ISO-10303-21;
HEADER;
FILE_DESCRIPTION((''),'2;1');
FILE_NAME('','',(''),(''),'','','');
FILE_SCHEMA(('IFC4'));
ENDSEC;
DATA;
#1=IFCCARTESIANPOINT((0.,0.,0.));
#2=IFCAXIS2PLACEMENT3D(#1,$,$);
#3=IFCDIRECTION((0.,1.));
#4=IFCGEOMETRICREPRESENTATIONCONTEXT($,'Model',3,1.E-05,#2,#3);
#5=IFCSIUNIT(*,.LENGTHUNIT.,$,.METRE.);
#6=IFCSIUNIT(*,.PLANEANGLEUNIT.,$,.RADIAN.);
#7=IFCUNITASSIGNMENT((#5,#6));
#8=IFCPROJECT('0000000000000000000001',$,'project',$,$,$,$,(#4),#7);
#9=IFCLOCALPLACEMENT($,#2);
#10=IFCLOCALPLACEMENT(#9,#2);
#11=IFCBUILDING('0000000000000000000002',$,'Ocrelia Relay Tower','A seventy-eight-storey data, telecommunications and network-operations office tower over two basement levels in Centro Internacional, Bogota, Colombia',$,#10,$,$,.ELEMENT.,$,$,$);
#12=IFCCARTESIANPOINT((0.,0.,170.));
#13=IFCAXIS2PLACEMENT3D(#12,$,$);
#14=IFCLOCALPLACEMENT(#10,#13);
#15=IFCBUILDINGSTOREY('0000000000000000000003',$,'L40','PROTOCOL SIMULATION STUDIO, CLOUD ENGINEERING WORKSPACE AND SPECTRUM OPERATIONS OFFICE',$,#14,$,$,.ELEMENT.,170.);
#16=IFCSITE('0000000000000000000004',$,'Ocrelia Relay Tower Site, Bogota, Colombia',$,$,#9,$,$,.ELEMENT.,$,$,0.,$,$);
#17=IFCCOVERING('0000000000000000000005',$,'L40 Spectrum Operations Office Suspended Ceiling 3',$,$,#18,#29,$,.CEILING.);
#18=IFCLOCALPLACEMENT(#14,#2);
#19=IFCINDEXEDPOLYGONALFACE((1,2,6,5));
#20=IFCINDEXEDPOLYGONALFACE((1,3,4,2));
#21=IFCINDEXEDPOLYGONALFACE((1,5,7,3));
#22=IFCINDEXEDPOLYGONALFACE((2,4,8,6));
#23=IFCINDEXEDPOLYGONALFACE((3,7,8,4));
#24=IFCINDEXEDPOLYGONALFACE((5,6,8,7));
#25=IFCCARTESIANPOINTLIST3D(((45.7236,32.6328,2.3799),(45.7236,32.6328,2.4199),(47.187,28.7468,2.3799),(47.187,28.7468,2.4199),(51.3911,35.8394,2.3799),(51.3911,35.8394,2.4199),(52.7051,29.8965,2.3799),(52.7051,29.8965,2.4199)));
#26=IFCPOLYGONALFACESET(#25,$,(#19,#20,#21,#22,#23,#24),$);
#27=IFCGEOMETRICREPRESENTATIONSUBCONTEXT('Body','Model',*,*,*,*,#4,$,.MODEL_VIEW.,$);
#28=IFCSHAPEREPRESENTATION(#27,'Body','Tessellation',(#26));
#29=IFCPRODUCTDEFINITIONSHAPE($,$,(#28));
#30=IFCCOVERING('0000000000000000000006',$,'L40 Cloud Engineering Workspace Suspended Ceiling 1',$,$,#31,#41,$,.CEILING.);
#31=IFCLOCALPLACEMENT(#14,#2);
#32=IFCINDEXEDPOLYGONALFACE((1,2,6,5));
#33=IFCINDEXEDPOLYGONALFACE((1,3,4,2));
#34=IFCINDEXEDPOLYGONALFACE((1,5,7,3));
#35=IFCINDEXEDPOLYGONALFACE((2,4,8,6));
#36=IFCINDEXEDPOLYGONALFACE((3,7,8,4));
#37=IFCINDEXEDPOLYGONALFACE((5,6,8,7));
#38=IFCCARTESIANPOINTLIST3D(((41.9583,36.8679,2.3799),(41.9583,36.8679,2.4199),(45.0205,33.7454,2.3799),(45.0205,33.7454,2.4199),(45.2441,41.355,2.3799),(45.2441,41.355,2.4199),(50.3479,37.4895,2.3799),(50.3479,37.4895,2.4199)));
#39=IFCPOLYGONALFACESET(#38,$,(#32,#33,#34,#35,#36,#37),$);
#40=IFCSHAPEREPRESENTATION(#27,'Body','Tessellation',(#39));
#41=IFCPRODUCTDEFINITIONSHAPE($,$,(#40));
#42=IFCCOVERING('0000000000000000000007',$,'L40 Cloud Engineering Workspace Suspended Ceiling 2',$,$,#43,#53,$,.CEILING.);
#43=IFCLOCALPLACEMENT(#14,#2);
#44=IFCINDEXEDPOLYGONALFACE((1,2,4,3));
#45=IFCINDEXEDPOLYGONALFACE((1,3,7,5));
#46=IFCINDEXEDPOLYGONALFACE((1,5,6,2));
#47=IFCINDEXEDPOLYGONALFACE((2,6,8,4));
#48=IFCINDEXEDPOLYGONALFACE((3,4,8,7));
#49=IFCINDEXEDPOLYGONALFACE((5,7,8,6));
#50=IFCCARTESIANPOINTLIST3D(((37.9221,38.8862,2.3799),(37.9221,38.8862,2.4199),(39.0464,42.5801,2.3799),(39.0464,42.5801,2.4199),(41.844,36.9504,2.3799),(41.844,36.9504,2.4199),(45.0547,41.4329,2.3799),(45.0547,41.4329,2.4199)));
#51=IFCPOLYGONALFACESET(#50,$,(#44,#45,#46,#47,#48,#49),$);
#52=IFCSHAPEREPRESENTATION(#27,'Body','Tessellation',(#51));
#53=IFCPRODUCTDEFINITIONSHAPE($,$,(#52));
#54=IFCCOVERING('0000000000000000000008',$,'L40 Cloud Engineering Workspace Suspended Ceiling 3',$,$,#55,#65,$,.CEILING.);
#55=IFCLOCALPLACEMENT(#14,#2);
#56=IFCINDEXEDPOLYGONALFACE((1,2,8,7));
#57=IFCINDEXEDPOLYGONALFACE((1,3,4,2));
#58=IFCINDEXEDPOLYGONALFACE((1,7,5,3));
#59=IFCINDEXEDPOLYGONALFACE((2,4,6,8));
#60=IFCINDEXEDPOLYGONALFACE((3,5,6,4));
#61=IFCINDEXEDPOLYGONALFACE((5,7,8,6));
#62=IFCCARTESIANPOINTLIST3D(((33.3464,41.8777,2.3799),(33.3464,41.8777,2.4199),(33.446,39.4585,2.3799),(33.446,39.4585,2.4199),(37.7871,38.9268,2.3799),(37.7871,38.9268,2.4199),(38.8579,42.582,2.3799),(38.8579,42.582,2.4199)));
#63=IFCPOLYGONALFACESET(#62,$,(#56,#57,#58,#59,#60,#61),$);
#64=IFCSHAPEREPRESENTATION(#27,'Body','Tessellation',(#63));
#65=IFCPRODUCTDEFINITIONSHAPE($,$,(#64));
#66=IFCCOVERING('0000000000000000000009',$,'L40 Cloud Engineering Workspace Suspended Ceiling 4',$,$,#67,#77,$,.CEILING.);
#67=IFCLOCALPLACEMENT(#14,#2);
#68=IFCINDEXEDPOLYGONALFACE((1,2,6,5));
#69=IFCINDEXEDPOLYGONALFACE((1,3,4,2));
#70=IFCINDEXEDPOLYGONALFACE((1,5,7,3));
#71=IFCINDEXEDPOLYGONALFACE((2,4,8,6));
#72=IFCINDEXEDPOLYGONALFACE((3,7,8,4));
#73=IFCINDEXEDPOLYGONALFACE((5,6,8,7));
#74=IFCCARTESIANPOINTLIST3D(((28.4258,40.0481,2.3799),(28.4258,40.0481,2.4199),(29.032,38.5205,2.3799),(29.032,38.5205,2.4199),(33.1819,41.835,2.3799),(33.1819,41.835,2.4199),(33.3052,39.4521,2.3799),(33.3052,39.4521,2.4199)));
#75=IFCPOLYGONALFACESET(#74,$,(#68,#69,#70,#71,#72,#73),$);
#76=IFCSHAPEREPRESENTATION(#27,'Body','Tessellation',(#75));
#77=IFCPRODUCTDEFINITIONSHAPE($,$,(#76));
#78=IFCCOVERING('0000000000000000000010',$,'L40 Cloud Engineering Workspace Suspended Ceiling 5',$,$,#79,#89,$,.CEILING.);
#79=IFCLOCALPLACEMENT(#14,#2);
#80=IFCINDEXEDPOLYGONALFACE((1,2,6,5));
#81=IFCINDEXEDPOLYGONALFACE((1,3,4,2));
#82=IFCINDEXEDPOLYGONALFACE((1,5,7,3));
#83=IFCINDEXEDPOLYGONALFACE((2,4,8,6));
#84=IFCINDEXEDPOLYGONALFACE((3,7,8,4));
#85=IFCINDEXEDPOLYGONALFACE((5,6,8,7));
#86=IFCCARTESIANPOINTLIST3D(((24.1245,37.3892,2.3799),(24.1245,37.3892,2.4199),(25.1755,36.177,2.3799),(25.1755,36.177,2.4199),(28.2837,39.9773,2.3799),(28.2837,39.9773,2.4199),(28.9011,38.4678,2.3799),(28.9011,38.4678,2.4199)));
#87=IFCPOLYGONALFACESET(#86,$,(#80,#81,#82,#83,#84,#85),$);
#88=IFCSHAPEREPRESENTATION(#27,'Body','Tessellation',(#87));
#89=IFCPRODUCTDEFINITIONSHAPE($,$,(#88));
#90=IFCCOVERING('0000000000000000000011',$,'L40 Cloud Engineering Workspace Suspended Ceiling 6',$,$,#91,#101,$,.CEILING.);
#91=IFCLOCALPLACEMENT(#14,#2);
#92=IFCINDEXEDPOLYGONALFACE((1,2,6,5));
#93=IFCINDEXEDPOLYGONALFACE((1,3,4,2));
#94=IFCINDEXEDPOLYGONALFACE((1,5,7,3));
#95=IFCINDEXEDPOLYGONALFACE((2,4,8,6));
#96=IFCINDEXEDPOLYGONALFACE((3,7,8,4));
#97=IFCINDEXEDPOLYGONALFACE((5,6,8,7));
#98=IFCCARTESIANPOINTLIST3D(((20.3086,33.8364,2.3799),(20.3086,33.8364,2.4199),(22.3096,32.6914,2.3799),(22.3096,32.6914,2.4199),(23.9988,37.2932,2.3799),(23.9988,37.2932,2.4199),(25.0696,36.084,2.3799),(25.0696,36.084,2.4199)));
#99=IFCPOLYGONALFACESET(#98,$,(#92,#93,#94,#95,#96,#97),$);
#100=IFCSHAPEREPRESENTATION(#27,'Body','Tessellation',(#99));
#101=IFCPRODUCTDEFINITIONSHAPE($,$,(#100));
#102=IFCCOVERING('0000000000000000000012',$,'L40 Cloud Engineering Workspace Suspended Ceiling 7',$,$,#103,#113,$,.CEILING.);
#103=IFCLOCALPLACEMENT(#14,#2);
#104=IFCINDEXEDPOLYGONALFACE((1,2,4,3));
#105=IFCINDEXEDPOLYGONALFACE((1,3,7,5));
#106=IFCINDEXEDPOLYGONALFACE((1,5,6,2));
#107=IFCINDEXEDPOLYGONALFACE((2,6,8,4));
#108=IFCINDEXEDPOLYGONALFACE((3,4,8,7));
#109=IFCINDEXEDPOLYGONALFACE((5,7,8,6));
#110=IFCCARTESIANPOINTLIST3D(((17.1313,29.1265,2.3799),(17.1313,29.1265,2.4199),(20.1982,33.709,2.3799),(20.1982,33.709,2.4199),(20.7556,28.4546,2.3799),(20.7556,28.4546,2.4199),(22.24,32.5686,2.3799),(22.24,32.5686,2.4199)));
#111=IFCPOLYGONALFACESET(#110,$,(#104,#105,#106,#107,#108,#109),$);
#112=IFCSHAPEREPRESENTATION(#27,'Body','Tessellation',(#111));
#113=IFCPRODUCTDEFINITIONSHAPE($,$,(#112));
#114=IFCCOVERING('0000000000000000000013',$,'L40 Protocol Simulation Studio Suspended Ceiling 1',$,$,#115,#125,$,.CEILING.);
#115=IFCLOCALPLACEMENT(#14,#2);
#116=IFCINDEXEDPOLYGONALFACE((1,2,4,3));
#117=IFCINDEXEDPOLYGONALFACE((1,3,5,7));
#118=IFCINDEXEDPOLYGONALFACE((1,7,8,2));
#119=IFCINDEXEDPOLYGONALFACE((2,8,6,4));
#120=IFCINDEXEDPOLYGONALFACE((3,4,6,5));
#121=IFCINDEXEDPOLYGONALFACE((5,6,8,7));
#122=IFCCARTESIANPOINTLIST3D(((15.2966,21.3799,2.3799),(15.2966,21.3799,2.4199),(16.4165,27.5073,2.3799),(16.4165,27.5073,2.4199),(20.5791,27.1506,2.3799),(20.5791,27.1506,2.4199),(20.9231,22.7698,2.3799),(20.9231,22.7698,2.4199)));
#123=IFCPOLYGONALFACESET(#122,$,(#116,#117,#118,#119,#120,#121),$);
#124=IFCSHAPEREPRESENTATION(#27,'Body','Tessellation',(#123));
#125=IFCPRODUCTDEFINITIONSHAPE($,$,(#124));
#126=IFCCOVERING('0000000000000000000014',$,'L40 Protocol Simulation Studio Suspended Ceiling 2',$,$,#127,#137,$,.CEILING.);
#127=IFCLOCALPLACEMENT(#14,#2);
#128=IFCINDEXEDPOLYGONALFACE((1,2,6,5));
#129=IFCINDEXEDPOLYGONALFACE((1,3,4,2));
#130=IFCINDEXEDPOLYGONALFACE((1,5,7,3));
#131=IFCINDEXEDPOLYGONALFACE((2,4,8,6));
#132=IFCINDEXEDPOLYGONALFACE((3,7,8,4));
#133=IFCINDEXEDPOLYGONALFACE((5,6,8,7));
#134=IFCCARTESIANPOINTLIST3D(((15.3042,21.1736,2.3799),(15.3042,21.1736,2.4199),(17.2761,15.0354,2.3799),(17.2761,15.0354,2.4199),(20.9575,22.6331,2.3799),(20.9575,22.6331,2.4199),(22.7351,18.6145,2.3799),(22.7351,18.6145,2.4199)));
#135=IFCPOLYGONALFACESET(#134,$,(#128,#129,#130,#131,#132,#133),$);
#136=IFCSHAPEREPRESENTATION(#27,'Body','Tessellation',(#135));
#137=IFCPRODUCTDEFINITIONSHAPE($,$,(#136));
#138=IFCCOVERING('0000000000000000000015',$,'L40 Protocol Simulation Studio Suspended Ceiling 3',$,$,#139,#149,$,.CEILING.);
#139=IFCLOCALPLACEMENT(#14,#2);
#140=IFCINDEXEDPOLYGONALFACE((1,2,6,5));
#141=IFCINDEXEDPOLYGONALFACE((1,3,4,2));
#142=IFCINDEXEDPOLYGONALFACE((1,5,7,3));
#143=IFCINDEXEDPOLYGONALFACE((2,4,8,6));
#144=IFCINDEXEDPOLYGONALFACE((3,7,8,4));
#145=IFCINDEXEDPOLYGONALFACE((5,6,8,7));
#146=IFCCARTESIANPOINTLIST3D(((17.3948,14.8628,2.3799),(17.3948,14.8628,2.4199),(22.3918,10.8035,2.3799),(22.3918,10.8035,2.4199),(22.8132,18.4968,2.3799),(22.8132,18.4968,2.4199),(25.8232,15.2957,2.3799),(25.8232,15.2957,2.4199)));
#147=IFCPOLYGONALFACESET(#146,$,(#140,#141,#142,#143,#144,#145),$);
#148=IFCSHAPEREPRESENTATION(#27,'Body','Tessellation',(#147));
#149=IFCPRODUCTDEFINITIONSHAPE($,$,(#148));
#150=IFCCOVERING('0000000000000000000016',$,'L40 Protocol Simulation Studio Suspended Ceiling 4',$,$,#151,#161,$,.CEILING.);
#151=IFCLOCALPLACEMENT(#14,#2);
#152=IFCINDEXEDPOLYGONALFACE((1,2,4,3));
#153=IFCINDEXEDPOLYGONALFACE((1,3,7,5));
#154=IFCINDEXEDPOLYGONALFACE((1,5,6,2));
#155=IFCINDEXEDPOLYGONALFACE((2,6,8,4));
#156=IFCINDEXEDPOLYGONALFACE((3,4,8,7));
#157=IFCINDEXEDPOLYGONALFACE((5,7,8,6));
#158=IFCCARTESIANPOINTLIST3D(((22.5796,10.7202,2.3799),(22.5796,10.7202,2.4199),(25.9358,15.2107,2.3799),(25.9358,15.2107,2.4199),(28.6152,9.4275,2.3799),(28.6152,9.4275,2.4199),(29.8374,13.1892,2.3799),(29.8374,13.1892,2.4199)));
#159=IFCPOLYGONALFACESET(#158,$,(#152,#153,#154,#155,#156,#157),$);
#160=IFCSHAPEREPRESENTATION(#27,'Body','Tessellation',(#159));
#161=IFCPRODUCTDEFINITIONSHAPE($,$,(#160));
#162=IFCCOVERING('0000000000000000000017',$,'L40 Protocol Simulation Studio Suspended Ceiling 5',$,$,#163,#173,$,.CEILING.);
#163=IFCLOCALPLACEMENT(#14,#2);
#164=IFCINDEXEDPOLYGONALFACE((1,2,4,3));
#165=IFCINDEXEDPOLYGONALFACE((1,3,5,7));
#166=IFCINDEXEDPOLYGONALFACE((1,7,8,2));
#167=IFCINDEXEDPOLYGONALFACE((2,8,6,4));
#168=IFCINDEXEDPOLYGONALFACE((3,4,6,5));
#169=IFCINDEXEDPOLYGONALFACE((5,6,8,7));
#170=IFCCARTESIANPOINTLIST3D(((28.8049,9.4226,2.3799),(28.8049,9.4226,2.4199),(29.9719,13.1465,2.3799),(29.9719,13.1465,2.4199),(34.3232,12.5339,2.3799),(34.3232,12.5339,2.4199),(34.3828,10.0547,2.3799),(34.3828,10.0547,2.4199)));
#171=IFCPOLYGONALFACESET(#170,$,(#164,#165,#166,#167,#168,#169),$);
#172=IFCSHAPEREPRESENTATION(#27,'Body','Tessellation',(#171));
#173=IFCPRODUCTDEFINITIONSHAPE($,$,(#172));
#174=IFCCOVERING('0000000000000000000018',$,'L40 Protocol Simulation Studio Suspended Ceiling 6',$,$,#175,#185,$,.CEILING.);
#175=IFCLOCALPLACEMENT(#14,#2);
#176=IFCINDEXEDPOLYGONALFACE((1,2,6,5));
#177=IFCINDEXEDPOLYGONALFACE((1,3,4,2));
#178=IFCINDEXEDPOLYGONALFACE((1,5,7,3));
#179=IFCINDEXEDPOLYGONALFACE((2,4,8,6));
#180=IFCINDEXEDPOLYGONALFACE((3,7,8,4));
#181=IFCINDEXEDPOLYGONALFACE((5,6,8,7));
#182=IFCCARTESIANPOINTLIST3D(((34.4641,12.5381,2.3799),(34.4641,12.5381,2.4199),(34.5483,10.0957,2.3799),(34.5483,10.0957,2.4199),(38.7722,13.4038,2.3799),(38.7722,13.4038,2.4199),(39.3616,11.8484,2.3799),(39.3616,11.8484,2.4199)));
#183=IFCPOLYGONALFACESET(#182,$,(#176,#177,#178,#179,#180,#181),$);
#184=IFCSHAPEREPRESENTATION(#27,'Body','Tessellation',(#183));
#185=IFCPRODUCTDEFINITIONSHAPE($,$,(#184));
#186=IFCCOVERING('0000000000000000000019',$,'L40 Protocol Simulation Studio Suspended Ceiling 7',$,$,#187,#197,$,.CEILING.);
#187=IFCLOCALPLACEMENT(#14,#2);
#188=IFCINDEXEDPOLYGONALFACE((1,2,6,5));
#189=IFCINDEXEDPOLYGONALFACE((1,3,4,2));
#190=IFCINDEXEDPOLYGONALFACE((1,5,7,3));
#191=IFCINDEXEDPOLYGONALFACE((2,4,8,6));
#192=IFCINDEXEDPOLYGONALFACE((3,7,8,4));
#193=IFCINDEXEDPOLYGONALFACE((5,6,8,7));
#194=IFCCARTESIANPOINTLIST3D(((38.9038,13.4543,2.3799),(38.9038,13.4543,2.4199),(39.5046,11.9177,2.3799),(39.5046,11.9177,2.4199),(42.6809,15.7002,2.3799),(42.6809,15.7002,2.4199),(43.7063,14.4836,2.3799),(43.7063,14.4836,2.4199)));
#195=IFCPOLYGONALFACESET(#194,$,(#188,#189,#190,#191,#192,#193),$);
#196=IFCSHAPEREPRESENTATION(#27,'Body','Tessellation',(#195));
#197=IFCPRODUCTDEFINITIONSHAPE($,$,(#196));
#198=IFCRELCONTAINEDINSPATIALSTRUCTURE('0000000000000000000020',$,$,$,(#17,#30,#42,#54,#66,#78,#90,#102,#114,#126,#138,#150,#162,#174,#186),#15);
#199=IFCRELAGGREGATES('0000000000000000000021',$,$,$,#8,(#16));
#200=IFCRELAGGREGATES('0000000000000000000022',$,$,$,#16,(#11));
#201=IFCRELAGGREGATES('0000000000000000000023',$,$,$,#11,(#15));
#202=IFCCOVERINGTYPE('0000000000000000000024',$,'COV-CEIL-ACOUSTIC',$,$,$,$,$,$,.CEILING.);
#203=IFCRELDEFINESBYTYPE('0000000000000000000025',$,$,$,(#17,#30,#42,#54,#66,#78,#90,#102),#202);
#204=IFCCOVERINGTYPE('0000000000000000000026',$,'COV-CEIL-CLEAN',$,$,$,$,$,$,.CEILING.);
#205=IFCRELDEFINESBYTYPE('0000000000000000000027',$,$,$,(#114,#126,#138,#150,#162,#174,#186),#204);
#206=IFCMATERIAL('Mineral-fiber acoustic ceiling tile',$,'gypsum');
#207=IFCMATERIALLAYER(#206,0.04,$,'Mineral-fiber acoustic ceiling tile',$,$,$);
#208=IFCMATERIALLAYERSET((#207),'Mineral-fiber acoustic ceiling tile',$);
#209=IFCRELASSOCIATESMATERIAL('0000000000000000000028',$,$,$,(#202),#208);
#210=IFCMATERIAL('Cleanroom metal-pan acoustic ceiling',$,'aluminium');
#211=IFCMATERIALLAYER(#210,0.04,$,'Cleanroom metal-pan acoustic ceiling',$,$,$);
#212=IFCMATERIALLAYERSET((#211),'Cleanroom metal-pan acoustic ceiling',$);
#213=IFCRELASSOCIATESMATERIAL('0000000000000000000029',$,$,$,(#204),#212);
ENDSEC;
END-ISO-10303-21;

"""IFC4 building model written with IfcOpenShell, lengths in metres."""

from ifc_helpers import new_model, si_unit, direction, frame, origin, place, context, subcontext, project, spatial, polyline, outline, extrude, material, layer, layer_set, type_object, element, save


model = new_model("IFC4")

# Units and contexts
model_context = context("Model", 3, precision=1e-05, world=origin(), true_north=direction((0.0, 1.0)))
body_context = subcontext(model_context, "Body", "Model", "MODEL_VIEW")
ifc_project = project(units=[si_unit("LENGTHUNIT", "METRE"), si_unit("PLANEANGLEUNIT", "RADIAN")], contexts=[model_context])

# Site, building, storey
site_placement = place(None, origin())
site = spatial("IfcSite", under=ifc_project, at=site_placement, Name="Ocrelia Relay Tower Site, Bogota, Colombia", CompositionType="ELEMENT", RefElevation=0.0)
building_placement = place(site_placement, origin())
building = spatial("IfcBuilding", under=site, at=building_placement, Name="Ocrelia Relay Tower", Description="A seventy-eight-storey data, telecommunications and network-operations office tower over two basement levels in Centro Internacional, Bogota, Colombia", CompositionType="ELEMENT")
storey_placement = place(building_placement, frame((0.0, 0.0, 170.0)))
storey = spatial("IfcBuildingStorey", under=building, at=storey_placement, Name="L40", Description="PROTOCOL SIMULATION STUDIO, CLOUD ENGINEERING WORKSPACE AND SPECTRUM OPERATIONS OFFICE", CompositionType="ELEMENT", Elevation=170.0)

# Coverings
ifc_material_1 = material(Name="Mineral-fiber acoustic ceiling tile", Category="gypsum")
ifc_layer_1 = layer(ifc_material_1, 0.04, Name="Mineral-fiber acoustic ceiling tile")
ifc_layer_set_1 = layer_set([ifc_layer_1], Name="Mineral-fiber acoustic ceiling tile")
covering_type_1 = type_object("IfcCoveringType", Name="COV-CEIL-ACOUSTIC", PredefinedType="CEILING", material=ifc_layer_set_1)
covering_1_placement = place(storey_placement, frame((0.0, 0.0, 2.3799)))
element("IfcCovering", 1, at=covering_1_placement, inside=storey, type_object=covering_type_1, Name="L40 Spectrum Operations Office Suspended Ceiling 3", PredefinedType="CEILING", context=body_context, shape_type="SweptSolid", body=[
    extrude(outline(polyline([(47.187, 28.7468), (52.7051, 29.8965), (51.3911, 35.8394), (45.7236, 32.6328), (47.187, 28.7468)])), origin(), (0.0, 0.0, 1.0), 0.04),
])
covering_2_placement = place(storey_placement, frame((0.0, 0.0, 2.3799)))
element("IfcCovering", 2, at=covering_2_placement, inside=storey, type_object=covering_type_1, Name="L40 Cloud Engineering Workspace Suspended Ceiling 1", PredefinedType="CEILING", context=body_context, shape_type="SweptSolid", body=[
    extrude(outline(polyline([(45.0205, 33.7454), (50.3479, 37.4895), (45.2441, 41.355), (41.9583, 36.8679), (45.0205, 33.7454)])), origin(), (0.0, 0.0, 1.0), 0.04),
])
covering_3_placement = place(storey_placement, frame((0.0, 0.0, 2.3799)))
element("IfcCovering", 3, at=covering_3_placement, inside=storey, type_object=covering_type_1, Name="L40 Cloud Engineering Workspace Suspended Ceiling 2", PredefinedType="CEILING", context=body_context, shape_type="SweptSolid", body=[
    extrude(outline(polyline([(41.844, 36.9504), (45.0547, 41.4329), (39.0464, 42.5801), (37.9221, 38.8862), (41.844, 36.9504)])), origin(), (0.0, 0.0, 1.0), 0.04),
])
covering_4_placement = place(storey_placement, frame((0.0, 0.0, 2.3799)))
element("IfcCovering", 4, at=covering_4_placement, inside=storey, type_object=covering_type_1, Name="L40 Cloud Engineering Workspace Suspended Ceiling 3", PredefinedType="CEILING", context=body_context, shape_type="SweptSolid", body=[
    extrude(outline(polyline([(37.7871, 38.9268), (38.8579, 42.582), (33.3464, 41.8777), (33.446, 39.4585), (37.7871, 38.9268)])), origin(), (0.0, 0.0, 1.0), 0.04),
])
covering_5_placement = place(storey_placement, frame((0.0, 0.0, 2.3799)))
element("IfcCovering", 5, at=covering_5_placement, inside=storey, type_object=covering_type_1, Name="L40 Cloud Engineering Workspace Suspended Ceiling 4", PredefinedType="CEILING", context=body_context, shape_type="SweptSolid", body=[
    extrude(outline(polyline([(33.3052, 39.4521), (33.1819, 41.835), (28.4258, 40.0481), (29.032, 38.5205), (33.3052, 39.4521)])), origin(), (0.0, 0.0, 1.0), 0.04),
])
covering_6_placement = place(storey_placement, frame((0.0, 0.0, 2.3799)))
element("IfcCovering", 6, at=covering_6_placement, inside=storey, type_object=covering_type_1, Name="L40 Cloud Engineering Workspace Suspended Ceiling 5", PredefinedType="CEILING", context=body_context, shape_type="SweptSolid", body=[
    extrude(outline(polyline([(28.9011, 38.4678), (28.2837, 39.9773), (24.1245, 37.3892), (25.1755, 36.177), (28.9011, 38.4678)])), origin(), (0.0, 0.0, 1.0), 0.04),
])
covering_7_placement = place(storey_placement, frame((0.0, 0.0, 2.3799)))
element("IfcCovering", 7, at=covering_7_placement, inside=storey, type_object=covering_type_1, Name="L40 Cloud Engineering Workspace Suspended Ceiling 6", PredefinedType="CEILING", context=body_context, shape_type="SweptSolid", body=[
    extrude(outline(polyline([(25.0696, 36.084), (23.9988, 37.2932), (20.3086, 33.8364), (22.3096, 32.6914), (25.0696, 36.084)])), origin(), (0.0, 0.0, 1.0), 0.04),
])
covering_8_placement = place(storey_placement, frame((0.0, 0.0, 2.3799)))
element("IfcCovering", 8, at=covering_8_placement, inside=storey, type_object=covering_type_1, Name="L40 Cloud Engineering Workspace Suspended Ceiling 7", PredefinedType="CEILING", context=body_context, shape_type="SweptSolid", body=[
    extrude(outline(polyline([(22.24, 32.5686), (20.1982, 33.709), (17.1313, 29.1265), (20.7556, 28.4546), (22.24, 32.5686)])), origin(), (0.0, 0.0, 1.0), 0.04),
])
ifc_material_2 = material(Name="Cleanroom metal-pan acoustic ceiling", Category="aluminium")
ifc_layer_2 = layer(ifc_material_2, 0.04, Name="Cleanroom metal-pan acoustic ceiling")
ifc_layer_set_2 = layer_set([ifc_layer_2], Name="Cleanroom metal-pan acoustic ceiling")
covering_type_2 = type_object("IfcCoveringType", Name="COV-CEIL-CLEAN", PredefinedType="CEILING", material=ifc_layer_set_2)
covering_9_placement = place(storey_placement, frame((0.0, 0.0, 2.3799)))
element("IfcCovering", 9, at=covering_9_placement, inside=storey, type_object=covering_type_2, Name="L40 Protocol Simulation Studio Suspended Ceiling 1", PredefinedType="CEILING", context=body_context, shape_type="SweptSolid", body=[
    extrude(outline(polyline([(20.5791, 27.1506), (16.4165, 27.5073), (15.2966, 21.3799), (20.9231, 22.7698), (20.5791, 27.1506)])), origin(), (0.0, 0.0, 1.0), 0.04),
])
covering_10_placement = place(storey_placement, frame((0.0, 0.0, 2.3799)))
element("IfcCovering", 10, at=covering_10_placement, inside=storey, type_object=covering_type_2, Name="L40 Protocol Simulation Studio Suspended Ceiling 2", PredefinedType="CEILING", context=body_context, shape_type="SweptSolid", body=[
    extrude(outline(polyline([(20.9575, 22.6331), (15.3042, 21.1736), (17.2761, 15.0354), (22.7351, 18.6145), (20.9575, 22.6331)])), origin(), (0.0, 0.0, 1.0), 0.04),
])
covering_11_placement = place(storey_placement, frame((0.0, 0.0, 2.3799)))
element("IfcCovering", 11, at=covering_11_placement, inside=storey, type_object=covering_type_2, Name="L40 Protocol Simulation Studio Suspended Ceiling 3", PredefinedType="CEILING", context=body_context, shape_type="SweptSolid", body=[
    extrude(outline(polyline([(22.8132, 18.4968), (17.3948, 14.8628), (22.3918, 10.8035), (25.8232, 15.2957), (22.8132, 18.4968)])), origin(), (0.0, 0.0, 1.0), 0.04),
])
covering_12_placement = place(storey_placement, frame((0.0, 0.0, 2.3799)))
element("IfcCovering", 12, at=covering_12_placement, inside=storey, type_object=covering_type_2, Name="L40 Protocol Simulation Studio Suspended Ceiling 4", PredefinedType="CEILING", context=body_context, shape_type="SweptSolid", body=[
    extrude(outline(polyline([(25.9358, 15.2107), (22.5796, 10.7202), (28.6152, 9.4275), (29.8374, 13.1892), (25.9358, 15.2107)])), origin(), (0.0, 0.0, 1.0), 0.04),
])
covering_13_placement = place(storey_placement, frame((0.0, 0.0, 2.3799)))
element("IfcCovering", 13, at=covering_13_placement, inside=storey, type_object=covering_type_2, Name="L40 Protocol Simulation Studio Suspended Ceiling 5", PredefinedType="CEILING", context=body_context, shape_type="SweptSolid", body=[
    extrude(outline(polyline([(29.9719, 13.1465), (28.8049, 9.4226), (34.3828, 10.0547), (34.3232, 12.5339), (29.9719, 13.1465)])), origin(), (0.0, 0.0, 1.0), 0.04),
])
covering_14_placement = place(storey_placement, frame((0.0, 0.0, 2.3799)))
element("IfcCovering", 14, at=covering_14_placement, inside=storey, type_object=covering_type_2, Name="L40 Protocol Simulation Studio Suspended Ceiling 6", PredefinedType="CEILING", context=body_context, shape_type="SweptSolid", body=[
    extrude(outline(polyline([(34.4641, 12.5381), (34.5483, 10.0957), (39.3616, 11.8484), (38.7722, 13.4038), (34.4641, 12.5381)])), origin(), (0.0, 0.0, 1.0), 0.04),
])
covering_15_placement = place(storey_placement, frame((0.0, 0.0, 2.3799)))
element("IfcCovering", 15, at=covering_15_placement, inside=storey, type_object=covering_type_2, Name="L40 Protocol Simulation Studio Suspended Ceiling 7", PredefinedType="CEILING", context=body_context, shape_type="SweptSolid", body=[
    extrude(outline(polyline([(38.9038, 13.4543), (39.5046, 11.9177), (43.7063, 14.4836), (42.6809, 15.7002), (38.9038, 13.4543)])), origin(), (0.0, 0.0, 1.0), 0.04),
])

save(model, "model.ifc")
